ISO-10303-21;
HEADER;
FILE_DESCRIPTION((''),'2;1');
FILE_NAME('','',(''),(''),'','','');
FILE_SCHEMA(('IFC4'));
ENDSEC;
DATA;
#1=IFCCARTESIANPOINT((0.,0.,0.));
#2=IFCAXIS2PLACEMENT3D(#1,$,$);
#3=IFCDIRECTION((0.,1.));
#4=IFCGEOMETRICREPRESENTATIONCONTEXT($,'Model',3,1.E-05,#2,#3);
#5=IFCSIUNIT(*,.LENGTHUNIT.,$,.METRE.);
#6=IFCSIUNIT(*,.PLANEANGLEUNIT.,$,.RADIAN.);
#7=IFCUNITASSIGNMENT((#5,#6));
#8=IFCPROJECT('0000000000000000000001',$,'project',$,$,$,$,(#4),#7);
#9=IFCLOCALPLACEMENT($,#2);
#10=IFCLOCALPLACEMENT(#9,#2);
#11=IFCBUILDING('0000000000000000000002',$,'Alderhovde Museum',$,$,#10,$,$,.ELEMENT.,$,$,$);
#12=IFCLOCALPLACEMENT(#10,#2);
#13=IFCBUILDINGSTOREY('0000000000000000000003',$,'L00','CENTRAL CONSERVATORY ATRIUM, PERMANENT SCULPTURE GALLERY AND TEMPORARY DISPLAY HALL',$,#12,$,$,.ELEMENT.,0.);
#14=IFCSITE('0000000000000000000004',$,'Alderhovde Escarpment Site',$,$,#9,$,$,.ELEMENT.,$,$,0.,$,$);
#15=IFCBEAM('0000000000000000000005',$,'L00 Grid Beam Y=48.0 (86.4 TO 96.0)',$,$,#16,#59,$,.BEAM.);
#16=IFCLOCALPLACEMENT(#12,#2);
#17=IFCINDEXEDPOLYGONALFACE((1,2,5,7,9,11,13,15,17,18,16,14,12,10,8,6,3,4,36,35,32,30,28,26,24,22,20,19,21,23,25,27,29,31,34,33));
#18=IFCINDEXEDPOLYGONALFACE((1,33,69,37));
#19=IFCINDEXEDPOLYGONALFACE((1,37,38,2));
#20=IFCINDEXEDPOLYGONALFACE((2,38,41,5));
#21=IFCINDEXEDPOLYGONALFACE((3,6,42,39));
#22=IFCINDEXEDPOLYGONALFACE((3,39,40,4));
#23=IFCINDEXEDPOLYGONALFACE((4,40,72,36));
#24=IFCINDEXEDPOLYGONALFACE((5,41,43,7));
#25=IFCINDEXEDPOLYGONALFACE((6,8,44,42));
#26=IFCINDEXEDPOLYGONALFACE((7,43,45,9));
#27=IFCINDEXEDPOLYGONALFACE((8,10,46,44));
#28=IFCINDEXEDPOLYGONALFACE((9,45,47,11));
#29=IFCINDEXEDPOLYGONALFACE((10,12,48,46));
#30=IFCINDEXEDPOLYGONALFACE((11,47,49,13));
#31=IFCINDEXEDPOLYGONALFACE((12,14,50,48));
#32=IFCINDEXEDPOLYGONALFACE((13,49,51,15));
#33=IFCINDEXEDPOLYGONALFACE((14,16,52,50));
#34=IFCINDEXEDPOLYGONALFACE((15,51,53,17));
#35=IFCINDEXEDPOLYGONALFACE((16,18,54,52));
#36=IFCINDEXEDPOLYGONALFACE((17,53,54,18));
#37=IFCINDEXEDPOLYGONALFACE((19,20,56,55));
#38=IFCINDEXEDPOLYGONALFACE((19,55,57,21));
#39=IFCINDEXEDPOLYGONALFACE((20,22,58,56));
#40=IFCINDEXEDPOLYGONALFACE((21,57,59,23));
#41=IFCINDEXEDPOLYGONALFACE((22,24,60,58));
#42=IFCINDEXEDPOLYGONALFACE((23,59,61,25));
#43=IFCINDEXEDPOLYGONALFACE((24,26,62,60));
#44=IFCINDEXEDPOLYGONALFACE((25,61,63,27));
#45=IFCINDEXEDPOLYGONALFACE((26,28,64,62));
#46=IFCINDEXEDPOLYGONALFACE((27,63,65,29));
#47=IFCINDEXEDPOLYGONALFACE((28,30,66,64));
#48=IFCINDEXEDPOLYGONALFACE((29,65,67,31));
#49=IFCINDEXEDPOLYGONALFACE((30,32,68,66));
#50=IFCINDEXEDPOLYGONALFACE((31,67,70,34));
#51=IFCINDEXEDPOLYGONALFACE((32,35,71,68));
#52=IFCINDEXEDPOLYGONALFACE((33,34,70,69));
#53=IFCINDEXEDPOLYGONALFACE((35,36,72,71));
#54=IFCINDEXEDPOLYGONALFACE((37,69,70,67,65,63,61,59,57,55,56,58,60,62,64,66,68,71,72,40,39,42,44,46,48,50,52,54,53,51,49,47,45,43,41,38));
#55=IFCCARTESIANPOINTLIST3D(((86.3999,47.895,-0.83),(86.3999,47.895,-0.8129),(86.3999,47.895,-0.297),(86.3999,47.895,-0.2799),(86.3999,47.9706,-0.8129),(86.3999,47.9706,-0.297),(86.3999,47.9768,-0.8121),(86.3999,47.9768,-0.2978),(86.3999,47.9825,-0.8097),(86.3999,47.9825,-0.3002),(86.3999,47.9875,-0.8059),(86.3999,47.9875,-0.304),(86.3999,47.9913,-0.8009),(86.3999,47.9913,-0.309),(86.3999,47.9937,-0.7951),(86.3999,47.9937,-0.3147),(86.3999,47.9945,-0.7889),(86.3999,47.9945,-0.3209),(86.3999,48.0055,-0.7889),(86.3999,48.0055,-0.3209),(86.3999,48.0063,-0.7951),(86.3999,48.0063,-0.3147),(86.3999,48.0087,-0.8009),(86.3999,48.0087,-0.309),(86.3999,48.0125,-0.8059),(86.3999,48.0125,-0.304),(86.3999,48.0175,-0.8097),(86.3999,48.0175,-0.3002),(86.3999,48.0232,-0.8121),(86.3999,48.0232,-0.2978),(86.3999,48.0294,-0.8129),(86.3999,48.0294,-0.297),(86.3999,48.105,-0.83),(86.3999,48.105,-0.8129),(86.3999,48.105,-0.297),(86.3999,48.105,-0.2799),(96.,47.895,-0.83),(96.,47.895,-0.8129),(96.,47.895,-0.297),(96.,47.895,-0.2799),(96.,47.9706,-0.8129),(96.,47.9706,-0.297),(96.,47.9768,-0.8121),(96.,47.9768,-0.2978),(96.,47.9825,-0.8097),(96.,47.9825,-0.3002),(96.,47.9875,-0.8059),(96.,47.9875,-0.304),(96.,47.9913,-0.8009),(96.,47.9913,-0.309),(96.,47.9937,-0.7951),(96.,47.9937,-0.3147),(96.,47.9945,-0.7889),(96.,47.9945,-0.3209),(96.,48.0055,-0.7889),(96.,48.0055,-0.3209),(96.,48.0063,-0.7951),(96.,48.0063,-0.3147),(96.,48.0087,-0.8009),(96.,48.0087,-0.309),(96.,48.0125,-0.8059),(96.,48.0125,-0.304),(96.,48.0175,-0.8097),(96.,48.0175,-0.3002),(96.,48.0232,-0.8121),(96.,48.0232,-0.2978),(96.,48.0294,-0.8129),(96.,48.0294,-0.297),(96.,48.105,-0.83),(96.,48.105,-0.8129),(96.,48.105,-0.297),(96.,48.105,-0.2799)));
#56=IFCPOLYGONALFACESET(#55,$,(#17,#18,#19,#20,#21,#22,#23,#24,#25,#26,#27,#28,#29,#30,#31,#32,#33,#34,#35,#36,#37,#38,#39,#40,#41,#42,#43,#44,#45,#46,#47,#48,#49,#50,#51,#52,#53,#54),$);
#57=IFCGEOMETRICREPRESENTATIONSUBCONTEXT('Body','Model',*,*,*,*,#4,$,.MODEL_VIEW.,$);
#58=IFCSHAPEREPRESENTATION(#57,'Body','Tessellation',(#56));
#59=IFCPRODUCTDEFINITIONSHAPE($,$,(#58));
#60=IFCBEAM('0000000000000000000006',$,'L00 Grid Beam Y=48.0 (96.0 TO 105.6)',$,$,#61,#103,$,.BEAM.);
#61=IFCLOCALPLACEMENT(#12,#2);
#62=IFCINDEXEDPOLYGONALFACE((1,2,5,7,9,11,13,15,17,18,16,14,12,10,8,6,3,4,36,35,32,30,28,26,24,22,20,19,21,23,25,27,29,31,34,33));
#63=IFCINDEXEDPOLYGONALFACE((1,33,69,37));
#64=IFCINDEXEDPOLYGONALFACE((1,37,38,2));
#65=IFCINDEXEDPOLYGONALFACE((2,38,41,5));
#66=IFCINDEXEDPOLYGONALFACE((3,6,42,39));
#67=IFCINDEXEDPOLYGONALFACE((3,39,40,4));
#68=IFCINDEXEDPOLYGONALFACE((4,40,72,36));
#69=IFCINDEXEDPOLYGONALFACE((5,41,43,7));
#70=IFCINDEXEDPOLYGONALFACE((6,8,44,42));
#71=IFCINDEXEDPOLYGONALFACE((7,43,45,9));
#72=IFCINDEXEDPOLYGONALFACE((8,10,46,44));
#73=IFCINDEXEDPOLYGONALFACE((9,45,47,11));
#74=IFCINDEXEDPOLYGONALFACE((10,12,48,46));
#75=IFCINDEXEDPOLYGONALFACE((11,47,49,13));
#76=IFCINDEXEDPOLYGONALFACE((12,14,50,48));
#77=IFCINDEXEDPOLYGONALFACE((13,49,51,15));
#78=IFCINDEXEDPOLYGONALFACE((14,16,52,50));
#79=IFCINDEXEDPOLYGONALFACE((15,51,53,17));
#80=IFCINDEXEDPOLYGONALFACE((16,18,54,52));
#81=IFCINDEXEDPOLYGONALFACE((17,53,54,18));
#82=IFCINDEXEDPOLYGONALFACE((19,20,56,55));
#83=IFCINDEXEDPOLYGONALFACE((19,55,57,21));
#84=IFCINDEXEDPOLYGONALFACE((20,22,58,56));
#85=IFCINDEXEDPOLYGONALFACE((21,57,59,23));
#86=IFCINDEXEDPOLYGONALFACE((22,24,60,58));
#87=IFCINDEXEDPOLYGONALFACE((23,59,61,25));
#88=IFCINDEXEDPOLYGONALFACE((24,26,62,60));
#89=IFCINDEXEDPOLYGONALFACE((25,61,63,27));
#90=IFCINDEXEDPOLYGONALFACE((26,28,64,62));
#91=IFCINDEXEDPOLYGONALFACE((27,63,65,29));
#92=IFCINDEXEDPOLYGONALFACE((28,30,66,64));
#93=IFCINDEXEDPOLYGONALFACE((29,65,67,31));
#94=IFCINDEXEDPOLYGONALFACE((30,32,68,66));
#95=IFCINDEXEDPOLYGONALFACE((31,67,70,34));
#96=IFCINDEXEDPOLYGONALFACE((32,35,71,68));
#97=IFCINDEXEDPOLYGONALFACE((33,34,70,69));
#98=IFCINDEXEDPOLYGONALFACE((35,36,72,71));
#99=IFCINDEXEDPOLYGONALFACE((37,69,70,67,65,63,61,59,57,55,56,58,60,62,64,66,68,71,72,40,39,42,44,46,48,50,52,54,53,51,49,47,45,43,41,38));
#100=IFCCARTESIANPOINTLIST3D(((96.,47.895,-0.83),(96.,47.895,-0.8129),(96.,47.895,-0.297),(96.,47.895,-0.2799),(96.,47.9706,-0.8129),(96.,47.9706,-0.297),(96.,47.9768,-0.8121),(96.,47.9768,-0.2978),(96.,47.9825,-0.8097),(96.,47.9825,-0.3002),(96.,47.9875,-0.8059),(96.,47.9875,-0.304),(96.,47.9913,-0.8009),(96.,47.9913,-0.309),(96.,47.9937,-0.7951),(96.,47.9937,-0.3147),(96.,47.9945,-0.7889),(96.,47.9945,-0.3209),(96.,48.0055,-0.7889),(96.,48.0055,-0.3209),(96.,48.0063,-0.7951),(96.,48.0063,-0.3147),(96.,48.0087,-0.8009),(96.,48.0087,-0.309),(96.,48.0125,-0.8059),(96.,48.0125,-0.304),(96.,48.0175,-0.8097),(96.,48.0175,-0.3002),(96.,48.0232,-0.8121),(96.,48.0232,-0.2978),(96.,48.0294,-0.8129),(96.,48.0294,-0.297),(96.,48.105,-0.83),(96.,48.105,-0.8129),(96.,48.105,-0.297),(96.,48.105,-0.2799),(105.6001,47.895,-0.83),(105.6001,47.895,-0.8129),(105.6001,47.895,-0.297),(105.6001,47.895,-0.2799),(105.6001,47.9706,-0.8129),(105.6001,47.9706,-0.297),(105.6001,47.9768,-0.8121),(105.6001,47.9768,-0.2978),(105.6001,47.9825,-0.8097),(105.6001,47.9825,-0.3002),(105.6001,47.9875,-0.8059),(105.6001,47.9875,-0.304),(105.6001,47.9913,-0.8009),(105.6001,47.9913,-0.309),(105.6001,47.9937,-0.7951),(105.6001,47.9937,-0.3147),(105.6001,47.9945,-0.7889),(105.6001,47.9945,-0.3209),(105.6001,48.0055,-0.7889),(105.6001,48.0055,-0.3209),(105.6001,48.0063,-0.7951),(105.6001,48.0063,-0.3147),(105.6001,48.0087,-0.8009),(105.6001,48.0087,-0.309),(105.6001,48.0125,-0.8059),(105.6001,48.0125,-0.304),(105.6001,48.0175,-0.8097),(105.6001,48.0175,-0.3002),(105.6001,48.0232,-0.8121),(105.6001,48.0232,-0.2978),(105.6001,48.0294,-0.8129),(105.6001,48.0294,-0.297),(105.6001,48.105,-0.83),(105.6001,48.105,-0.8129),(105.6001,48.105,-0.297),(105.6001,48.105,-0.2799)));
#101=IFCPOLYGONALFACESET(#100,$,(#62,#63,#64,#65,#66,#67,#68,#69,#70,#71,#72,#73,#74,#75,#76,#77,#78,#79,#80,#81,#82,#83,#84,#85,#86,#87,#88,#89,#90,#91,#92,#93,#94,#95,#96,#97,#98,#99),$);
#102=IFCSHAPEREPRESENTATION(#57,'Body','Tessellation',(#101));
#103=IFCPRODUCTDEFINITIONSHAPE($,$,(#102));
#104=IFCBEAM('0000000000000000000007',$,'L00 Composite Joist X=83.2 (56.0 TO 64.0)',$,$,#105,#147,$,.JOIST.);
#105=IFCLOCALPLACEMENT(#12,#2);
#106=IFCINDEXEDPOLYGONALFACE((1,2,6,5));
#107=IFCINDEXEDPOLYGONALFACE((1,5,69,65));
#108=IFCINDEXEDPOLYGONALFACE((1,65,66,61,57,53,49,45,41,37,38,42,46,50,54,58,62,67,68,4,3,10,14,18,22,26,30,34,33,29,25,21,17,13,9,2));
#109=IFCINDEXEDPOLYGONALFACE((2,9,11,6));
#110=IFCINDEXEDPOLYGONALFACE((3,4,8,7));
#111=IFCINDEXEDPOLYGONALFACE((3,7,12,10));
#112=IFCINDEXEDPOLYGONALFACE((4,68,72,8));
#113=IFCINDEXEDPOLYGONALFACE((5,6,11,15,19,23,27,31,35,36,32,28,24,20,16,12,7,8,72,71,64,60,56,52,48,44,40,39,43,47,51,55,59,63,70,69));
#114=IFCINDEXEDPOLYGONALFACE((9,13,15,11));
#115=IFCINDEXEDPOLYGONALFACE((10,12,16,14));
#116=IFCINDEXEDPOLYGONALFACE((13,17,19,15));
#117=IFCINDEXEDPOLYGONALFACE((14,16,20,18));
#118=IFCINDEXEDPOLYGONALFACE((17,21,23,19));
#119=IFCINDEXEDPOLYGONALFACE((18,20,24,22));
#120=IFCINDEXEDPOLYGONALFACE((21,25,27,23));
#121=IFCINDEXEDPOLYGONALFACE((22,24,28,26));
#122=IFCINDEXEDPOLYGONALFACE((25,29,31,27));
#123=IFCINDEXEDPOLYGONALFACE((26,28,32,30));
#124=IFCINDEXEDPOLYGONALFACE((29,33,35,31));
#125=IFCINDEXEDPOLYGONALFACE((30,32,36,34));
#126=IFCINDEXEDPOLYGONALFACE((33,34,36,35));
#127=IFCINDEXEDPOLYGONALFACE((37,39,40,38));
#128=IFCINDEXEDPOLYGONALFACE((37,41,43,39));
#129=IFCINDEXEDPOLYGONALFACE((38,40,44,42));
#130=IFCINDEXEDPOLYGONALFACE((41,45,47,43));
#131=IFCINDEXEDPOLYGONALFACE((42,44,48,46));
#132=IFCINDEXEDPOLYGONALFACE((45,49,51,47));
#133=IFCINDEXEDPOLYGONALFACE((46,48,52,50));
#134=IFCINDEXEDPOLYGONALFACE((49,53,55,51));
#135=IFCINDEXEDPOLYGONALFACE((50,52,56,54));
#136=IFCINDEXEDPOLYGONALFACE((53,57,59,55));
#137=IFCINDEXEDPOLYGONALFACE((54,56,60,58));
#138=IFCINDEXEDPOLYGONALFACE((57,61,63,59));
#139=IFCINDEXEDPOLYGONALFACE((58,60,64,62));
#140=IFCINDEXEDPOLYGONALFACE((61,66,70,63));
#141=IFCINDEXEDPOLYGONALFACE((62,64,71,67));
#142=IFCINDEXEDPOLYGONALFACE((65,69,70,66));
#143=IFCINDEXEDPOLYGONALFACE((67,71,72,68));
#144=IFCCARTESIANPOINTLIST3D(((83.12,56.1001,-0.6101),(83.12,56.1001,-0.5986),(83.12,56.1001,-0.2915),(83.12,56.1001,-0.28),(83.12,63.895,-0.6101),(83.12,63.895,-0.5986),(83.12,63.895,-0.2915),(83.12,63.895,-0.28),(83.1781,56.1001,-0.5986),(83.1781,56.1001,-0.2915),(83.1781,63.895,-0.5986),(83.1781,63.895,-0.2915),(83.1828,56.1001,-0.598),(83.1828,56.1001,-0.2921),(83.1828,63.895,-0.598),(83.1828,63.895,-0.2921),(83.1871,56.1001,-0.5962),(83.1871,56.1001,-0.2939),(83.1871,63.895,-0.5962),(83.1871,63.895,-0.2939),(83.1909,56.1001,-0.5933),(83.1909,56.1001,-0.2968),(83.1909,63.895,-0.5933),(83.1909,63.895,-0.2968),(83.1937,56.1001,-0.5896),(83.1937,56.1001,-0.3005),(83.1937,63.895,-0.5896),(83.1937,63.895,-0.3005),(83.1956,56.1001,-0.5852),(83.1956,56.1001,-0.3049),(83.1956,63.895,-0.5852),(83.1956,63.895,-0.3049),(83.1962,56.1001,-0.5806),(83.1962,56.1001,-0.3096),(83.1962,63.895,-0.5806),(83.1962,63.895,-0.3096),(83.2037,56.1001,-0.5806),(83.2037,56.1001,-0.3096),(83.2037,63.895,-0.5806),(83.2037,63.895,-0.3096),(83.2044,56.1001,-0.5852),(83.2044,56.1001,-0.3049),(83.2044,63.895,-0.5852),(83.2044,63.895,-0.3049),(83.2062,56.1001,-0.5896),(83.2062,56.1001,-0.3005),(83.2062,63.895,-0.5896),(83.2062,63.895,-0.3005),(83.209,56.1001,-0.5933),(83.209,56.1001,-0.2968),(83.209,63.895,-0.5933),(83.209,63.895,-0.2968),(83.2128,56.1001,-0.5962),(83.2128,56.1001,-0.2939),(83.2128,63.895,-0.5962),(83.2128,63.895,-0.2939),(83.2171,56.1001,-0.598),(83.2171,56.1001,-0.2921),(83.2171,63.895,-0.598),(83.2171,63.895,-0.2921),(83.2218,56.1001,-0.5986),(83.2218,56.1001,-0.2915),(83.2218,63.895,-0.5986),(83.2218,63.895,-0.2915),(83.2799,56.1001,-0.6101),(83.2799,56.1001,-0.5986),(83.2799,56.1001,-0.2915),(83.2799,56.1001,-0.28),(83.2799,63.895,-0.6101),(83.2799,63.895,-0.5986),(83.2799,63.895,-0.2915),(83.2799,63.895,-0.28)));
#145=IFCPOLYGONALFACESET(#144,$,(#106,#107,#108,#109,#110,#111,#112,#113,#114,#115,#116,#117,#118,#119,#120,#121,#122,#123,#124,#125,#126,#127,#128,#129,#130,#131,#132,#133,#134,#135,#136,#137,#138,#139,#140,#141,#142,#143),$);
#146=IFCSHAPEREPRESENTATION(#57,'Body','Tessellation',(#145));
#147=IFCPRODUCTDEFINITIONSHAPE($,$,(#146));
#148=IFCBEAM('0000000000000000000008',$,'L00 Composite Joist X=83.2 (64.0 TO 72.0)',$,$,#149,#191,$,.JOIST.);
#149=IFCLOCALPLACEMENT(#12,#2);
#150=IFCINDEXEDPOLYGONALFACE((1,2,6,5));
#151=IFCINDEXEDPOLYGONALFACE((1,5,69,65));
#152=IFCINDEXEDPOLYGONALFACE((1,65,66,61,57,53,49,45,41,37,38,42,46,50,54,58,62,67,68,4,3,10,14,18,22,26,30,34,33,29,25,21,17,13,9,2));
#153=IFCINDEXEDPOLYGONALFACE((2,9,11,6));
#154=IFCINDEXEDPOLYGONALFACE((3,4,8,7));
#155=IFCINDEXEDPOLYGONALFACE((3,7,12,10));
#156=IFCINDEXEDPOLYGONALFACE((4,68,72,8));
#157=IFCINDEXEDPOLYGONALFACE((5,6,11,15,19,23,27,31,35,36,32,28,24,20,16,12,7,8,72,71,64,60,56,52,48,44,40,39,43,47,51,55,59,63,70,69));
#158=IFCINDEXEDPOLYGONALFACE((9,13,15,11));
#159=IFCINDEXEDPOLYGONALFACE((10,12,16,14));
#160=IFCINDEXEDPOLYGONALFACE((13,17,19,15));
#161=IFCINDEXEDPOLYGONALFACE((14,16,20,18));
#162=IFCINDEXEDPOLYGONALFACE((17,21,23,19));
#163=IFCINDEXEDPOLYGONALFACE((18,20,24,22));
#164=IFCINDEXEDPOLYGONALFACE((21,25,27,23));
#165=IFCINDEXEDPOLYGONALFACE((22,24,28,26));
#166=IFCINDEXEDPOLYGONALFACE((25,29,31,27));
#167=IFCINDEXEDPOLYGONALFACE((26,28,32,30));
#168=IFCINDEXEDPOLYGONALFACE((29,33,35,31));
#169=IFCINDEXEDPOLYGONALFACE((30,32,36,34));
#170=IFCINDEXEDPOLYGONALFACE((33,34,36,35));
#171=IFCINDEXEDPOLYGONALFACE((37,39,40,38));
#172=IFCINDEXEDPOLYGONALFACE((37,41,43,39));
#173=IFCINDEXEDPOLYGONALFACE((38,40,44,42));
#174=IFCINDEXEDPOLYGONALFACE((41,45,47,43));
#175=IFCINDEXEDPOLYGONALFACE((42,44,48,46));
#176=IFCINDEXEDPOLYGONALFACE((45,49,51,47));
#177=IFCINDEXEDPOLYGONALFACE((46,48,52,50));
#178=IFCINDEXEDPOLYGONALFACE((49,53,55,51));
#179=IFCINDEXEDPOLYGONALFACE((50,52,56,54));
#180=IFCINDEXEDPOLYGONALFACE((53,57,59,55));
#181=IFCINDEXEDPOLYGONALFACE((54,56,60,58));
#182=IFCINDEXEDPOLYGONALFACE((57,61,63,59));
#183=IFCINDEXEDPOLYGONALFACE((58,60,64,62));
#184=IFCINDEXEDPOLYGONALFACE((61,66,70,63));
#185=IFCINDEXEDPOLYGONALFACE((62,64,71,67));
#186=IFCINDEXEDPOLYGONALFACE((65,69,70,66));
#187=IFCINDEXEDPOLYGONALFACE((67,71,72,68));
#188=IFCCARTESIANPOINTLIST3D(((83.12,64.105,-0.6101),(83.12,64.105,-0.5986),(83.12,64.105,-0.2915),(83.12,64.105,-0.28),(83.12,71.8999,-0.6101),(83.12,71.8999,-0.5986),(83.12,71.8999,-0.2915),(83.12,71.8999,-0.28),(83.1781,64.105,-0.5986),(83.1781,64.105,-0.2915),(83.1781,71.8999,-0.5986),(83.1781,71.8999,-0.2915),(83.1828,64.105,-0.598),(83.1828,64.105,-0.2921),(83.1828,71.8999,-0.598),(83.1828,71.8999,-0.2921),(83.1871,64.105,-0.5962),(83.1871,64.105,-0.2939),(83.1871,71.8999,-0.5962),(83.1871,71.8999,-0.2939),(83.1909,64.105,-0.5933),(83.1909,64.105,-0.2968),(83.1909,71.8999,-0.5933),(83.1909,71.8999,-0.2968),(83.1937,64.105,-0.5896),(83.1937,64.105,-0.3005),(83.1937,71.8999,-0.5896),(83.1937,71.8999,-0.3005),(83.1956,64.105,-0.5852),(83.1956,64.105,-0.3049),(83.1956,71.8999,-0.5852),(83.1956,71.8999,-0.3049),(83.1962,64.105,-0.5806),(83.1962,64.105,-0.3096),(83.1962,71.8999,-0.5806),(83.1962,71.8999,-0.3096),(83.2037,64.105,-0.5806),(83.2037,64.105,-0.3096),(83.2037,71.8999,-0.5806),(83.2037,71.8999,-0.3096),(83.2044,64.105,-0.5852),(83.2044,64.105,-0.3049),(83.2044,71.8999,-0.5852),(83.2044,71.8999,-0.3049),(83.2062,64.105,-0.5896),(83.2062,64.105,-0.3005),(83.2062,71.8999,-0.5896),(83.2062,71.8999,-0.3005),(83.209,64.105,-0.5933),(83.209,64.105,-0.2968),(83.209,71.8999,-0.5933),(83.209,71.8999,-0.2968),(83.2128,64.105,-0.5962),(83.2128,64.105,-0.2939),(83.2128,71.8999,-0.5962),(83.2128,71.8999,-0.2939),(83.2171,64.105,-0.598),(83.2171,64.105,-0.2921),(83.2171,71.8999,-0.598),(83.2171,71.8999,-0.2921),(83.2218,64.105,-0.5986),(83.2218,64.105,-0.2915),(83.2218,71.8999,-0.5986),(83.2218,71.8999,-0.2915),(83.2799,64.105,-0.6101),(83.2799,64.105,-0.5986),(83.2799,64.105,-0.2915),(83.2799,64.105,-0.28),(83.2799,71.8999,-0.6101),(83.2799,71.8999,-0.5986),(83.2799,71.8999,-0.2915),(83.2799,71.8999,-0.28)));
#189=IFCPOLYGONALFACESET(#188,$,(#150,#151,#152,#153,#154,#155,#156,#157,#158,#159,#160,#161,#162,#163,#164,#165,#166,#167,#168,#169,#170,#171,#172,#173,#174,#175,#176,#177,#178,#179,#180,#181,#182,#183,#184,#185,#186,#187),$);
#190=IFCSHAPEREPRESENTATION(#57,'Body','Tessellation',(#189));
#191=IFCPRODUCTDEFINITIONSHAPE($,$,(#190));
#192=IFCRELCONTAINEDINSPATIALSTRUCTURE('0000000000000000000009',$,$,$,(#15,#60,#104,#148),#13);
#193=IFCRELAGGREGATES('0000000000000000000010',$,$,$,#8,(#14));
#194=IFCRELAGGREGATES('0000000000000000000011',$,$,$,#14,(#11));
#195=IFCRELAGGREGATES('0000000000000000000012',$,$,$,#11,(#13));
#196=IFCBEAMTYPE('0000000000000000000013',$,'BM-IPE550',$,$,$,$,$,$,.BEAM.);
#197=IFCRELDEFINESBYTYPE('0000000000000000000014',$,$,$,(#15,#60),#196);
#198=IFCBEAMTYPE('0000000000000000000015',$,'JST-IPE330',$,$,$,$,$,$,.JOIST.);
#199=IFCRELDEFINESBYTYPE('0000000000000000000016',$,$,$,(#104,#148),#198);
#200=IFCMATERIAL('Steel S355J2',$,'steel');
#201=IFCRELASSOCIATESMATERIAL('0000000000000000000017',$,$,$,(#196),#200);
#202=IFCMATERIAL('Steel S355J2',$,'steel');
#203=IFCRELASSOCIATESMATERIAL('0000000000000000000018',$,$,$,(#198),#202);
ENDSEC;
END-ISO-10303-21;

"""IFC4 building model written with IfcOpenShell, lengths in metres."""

from ifc_helpers import new_model, si_unit, direction, frame, origin, origin_2d, place, context, subcontext, project, spatial, i_section, extrude, material, material_profile, profile_set, type_object, element, save


model = new_model("IFC4")

# Units and contexts
model_context = context("Model", 3, precision=1e-05, world=origin(), true_north=direction((0.0, 1.0)))
body_context = subcontext(model_context, "Body", "Model", "MODEL_VIEW")
ifc_project = project(units=[si_unit("LENGTHUNIT", "METRE"), si_unit("PLANEANGLEUNIT", "RADIAN")], contexts=[model_context])

# Site, building, storey
site_placement = place(None, origin())
site = spatial("IfcSite", under=ifc_project, at=site_placement, Name="Alderhovde Escarpment Site", CompositionType="ELEMENT", RefElevation=0.0)
building_placement = place(site_placement, origin())
building = spatial("IfcBuilding", under=site, at=building_placement, Name="Alderhovde Museum", CompositionType="ELEMENT")
storey_placement = place(building_placement, origin())
storey = spatial("IfcBuildingStorey", under=building, at=storey_placement, Name="L00", Description="CENTRAL CONSERVATORY ATRIUM, PERMANENT SCULPTURE GALLERY AND TEMPORARY DISPLAY HALL", CompositionType="ELEMENT", Elevation=0.0)

# Beams
ifc_material_1 = material(Name="Steel S355J2", Category="steel")
ifc_material_profile_1 = material_profile(ifc_material_1, i_section(OverallWidth=0.21, OverallDepth=0.55, WebThickness=0.011, FlangeThickness=0.0171, FilletRadius=0.0239, at=origin_2d()), Name="IPE 550")
ifc_profile_set_1 = profile_set([ifc_material_profile_1], Name="Steel S355J2")
beam_type_1 = type_object("IfcBeamType", Name="BM-IPE550", PredefinedType="BEAM", material=ifc_profile_set_1)
for number, where, z_axis, x_axis, name in (
    (1, (86.3999, 48.0, -0.5549), (1.0, 0.0, 0.0), (0.0, 1.0, 0.0), "L00 Grid Beam Y=48.0 (86.4 TO 96.0)"),
    (2, (96.0, 48.0, -0.5549), (1.0, 0.0, 0.0), (0.0, 1.0, 0.0), "L00 Grid Beam Y=48.0 (96.0 TO 105.6)"),
):
    element("IfcBeam", number, at=place(storey_placement, frame(where, z_axis=z_axis, x_axis=x_axis)), inside=storey, type_object=beam_type_1, Name=name, PredefinedType="BEAM", context=body_context, shape_type="SweptSolid", body=[
        extrude(i_section(OverallWidth=0.21, OverallDepth=0.55, WebThickness=0.011, FlangeThickness=0.0171, FilletRadius=0.0239, at=origin_2d()), origin(), (0.0, 0.0, 1.0), 9.6001),
    ])
ifc_material_2 = material(Name="Steel S355J2", Category="steel")
ifc_material_profile_2 = material_profile(ifc_material_2, i_section(OverallWidth=0.1599, OverallDepth=0.3301, WebThickness=0.0076, FlangeThickness=0.0115, FilletRadius=0.0181, at=origin_2d()), Name="IPE 330")
ifc_profile_set_2 = profile_set([ifc_material_profile_2], Name="Steel S355J2")
beam_type_2 = type_object("IfcBeamType", Name="JST-IPE330", PredefinedType="JOIST", material=ifc_profile_set_2)
for number, where, z_axis, x_axis, name in (
    (3, (83.2, 56.1001, -0.4451), (0.0, 1.0, 0.0), (-1.0, 0.0, 0.0), "L00 Composite Joist X=83.2 (56.0 TO 64.0)"),
    (4, (83.2, 64.105, -0.4451), (0.0, 1.0, 0.0), (-1.0, 0.0, 0.0), "L00 Composite Joist X=83.2 (64.0 TO 72.0)"),
):
    element("IfcBeam", number, at=place(storey_placement, frame(where, z_axis=z_axis, x_axis=x_axis)), inside=storey, type_object=beam_type_2, Name=name, PredefinedType="JOIST", context=body_context, shape_type="SweptSolid", body=[
        extrude(i_section(OverallWidth=0.1599, OverallDepth=0.3301, WebThickness=0.0076, FlangeThickness=0.0115, FilletRadius=0.0181, at=origin_2d()), origin(), (0.0, 0.0, 1.0), 7.7949),
    ])

save(model, "model.ifc")
